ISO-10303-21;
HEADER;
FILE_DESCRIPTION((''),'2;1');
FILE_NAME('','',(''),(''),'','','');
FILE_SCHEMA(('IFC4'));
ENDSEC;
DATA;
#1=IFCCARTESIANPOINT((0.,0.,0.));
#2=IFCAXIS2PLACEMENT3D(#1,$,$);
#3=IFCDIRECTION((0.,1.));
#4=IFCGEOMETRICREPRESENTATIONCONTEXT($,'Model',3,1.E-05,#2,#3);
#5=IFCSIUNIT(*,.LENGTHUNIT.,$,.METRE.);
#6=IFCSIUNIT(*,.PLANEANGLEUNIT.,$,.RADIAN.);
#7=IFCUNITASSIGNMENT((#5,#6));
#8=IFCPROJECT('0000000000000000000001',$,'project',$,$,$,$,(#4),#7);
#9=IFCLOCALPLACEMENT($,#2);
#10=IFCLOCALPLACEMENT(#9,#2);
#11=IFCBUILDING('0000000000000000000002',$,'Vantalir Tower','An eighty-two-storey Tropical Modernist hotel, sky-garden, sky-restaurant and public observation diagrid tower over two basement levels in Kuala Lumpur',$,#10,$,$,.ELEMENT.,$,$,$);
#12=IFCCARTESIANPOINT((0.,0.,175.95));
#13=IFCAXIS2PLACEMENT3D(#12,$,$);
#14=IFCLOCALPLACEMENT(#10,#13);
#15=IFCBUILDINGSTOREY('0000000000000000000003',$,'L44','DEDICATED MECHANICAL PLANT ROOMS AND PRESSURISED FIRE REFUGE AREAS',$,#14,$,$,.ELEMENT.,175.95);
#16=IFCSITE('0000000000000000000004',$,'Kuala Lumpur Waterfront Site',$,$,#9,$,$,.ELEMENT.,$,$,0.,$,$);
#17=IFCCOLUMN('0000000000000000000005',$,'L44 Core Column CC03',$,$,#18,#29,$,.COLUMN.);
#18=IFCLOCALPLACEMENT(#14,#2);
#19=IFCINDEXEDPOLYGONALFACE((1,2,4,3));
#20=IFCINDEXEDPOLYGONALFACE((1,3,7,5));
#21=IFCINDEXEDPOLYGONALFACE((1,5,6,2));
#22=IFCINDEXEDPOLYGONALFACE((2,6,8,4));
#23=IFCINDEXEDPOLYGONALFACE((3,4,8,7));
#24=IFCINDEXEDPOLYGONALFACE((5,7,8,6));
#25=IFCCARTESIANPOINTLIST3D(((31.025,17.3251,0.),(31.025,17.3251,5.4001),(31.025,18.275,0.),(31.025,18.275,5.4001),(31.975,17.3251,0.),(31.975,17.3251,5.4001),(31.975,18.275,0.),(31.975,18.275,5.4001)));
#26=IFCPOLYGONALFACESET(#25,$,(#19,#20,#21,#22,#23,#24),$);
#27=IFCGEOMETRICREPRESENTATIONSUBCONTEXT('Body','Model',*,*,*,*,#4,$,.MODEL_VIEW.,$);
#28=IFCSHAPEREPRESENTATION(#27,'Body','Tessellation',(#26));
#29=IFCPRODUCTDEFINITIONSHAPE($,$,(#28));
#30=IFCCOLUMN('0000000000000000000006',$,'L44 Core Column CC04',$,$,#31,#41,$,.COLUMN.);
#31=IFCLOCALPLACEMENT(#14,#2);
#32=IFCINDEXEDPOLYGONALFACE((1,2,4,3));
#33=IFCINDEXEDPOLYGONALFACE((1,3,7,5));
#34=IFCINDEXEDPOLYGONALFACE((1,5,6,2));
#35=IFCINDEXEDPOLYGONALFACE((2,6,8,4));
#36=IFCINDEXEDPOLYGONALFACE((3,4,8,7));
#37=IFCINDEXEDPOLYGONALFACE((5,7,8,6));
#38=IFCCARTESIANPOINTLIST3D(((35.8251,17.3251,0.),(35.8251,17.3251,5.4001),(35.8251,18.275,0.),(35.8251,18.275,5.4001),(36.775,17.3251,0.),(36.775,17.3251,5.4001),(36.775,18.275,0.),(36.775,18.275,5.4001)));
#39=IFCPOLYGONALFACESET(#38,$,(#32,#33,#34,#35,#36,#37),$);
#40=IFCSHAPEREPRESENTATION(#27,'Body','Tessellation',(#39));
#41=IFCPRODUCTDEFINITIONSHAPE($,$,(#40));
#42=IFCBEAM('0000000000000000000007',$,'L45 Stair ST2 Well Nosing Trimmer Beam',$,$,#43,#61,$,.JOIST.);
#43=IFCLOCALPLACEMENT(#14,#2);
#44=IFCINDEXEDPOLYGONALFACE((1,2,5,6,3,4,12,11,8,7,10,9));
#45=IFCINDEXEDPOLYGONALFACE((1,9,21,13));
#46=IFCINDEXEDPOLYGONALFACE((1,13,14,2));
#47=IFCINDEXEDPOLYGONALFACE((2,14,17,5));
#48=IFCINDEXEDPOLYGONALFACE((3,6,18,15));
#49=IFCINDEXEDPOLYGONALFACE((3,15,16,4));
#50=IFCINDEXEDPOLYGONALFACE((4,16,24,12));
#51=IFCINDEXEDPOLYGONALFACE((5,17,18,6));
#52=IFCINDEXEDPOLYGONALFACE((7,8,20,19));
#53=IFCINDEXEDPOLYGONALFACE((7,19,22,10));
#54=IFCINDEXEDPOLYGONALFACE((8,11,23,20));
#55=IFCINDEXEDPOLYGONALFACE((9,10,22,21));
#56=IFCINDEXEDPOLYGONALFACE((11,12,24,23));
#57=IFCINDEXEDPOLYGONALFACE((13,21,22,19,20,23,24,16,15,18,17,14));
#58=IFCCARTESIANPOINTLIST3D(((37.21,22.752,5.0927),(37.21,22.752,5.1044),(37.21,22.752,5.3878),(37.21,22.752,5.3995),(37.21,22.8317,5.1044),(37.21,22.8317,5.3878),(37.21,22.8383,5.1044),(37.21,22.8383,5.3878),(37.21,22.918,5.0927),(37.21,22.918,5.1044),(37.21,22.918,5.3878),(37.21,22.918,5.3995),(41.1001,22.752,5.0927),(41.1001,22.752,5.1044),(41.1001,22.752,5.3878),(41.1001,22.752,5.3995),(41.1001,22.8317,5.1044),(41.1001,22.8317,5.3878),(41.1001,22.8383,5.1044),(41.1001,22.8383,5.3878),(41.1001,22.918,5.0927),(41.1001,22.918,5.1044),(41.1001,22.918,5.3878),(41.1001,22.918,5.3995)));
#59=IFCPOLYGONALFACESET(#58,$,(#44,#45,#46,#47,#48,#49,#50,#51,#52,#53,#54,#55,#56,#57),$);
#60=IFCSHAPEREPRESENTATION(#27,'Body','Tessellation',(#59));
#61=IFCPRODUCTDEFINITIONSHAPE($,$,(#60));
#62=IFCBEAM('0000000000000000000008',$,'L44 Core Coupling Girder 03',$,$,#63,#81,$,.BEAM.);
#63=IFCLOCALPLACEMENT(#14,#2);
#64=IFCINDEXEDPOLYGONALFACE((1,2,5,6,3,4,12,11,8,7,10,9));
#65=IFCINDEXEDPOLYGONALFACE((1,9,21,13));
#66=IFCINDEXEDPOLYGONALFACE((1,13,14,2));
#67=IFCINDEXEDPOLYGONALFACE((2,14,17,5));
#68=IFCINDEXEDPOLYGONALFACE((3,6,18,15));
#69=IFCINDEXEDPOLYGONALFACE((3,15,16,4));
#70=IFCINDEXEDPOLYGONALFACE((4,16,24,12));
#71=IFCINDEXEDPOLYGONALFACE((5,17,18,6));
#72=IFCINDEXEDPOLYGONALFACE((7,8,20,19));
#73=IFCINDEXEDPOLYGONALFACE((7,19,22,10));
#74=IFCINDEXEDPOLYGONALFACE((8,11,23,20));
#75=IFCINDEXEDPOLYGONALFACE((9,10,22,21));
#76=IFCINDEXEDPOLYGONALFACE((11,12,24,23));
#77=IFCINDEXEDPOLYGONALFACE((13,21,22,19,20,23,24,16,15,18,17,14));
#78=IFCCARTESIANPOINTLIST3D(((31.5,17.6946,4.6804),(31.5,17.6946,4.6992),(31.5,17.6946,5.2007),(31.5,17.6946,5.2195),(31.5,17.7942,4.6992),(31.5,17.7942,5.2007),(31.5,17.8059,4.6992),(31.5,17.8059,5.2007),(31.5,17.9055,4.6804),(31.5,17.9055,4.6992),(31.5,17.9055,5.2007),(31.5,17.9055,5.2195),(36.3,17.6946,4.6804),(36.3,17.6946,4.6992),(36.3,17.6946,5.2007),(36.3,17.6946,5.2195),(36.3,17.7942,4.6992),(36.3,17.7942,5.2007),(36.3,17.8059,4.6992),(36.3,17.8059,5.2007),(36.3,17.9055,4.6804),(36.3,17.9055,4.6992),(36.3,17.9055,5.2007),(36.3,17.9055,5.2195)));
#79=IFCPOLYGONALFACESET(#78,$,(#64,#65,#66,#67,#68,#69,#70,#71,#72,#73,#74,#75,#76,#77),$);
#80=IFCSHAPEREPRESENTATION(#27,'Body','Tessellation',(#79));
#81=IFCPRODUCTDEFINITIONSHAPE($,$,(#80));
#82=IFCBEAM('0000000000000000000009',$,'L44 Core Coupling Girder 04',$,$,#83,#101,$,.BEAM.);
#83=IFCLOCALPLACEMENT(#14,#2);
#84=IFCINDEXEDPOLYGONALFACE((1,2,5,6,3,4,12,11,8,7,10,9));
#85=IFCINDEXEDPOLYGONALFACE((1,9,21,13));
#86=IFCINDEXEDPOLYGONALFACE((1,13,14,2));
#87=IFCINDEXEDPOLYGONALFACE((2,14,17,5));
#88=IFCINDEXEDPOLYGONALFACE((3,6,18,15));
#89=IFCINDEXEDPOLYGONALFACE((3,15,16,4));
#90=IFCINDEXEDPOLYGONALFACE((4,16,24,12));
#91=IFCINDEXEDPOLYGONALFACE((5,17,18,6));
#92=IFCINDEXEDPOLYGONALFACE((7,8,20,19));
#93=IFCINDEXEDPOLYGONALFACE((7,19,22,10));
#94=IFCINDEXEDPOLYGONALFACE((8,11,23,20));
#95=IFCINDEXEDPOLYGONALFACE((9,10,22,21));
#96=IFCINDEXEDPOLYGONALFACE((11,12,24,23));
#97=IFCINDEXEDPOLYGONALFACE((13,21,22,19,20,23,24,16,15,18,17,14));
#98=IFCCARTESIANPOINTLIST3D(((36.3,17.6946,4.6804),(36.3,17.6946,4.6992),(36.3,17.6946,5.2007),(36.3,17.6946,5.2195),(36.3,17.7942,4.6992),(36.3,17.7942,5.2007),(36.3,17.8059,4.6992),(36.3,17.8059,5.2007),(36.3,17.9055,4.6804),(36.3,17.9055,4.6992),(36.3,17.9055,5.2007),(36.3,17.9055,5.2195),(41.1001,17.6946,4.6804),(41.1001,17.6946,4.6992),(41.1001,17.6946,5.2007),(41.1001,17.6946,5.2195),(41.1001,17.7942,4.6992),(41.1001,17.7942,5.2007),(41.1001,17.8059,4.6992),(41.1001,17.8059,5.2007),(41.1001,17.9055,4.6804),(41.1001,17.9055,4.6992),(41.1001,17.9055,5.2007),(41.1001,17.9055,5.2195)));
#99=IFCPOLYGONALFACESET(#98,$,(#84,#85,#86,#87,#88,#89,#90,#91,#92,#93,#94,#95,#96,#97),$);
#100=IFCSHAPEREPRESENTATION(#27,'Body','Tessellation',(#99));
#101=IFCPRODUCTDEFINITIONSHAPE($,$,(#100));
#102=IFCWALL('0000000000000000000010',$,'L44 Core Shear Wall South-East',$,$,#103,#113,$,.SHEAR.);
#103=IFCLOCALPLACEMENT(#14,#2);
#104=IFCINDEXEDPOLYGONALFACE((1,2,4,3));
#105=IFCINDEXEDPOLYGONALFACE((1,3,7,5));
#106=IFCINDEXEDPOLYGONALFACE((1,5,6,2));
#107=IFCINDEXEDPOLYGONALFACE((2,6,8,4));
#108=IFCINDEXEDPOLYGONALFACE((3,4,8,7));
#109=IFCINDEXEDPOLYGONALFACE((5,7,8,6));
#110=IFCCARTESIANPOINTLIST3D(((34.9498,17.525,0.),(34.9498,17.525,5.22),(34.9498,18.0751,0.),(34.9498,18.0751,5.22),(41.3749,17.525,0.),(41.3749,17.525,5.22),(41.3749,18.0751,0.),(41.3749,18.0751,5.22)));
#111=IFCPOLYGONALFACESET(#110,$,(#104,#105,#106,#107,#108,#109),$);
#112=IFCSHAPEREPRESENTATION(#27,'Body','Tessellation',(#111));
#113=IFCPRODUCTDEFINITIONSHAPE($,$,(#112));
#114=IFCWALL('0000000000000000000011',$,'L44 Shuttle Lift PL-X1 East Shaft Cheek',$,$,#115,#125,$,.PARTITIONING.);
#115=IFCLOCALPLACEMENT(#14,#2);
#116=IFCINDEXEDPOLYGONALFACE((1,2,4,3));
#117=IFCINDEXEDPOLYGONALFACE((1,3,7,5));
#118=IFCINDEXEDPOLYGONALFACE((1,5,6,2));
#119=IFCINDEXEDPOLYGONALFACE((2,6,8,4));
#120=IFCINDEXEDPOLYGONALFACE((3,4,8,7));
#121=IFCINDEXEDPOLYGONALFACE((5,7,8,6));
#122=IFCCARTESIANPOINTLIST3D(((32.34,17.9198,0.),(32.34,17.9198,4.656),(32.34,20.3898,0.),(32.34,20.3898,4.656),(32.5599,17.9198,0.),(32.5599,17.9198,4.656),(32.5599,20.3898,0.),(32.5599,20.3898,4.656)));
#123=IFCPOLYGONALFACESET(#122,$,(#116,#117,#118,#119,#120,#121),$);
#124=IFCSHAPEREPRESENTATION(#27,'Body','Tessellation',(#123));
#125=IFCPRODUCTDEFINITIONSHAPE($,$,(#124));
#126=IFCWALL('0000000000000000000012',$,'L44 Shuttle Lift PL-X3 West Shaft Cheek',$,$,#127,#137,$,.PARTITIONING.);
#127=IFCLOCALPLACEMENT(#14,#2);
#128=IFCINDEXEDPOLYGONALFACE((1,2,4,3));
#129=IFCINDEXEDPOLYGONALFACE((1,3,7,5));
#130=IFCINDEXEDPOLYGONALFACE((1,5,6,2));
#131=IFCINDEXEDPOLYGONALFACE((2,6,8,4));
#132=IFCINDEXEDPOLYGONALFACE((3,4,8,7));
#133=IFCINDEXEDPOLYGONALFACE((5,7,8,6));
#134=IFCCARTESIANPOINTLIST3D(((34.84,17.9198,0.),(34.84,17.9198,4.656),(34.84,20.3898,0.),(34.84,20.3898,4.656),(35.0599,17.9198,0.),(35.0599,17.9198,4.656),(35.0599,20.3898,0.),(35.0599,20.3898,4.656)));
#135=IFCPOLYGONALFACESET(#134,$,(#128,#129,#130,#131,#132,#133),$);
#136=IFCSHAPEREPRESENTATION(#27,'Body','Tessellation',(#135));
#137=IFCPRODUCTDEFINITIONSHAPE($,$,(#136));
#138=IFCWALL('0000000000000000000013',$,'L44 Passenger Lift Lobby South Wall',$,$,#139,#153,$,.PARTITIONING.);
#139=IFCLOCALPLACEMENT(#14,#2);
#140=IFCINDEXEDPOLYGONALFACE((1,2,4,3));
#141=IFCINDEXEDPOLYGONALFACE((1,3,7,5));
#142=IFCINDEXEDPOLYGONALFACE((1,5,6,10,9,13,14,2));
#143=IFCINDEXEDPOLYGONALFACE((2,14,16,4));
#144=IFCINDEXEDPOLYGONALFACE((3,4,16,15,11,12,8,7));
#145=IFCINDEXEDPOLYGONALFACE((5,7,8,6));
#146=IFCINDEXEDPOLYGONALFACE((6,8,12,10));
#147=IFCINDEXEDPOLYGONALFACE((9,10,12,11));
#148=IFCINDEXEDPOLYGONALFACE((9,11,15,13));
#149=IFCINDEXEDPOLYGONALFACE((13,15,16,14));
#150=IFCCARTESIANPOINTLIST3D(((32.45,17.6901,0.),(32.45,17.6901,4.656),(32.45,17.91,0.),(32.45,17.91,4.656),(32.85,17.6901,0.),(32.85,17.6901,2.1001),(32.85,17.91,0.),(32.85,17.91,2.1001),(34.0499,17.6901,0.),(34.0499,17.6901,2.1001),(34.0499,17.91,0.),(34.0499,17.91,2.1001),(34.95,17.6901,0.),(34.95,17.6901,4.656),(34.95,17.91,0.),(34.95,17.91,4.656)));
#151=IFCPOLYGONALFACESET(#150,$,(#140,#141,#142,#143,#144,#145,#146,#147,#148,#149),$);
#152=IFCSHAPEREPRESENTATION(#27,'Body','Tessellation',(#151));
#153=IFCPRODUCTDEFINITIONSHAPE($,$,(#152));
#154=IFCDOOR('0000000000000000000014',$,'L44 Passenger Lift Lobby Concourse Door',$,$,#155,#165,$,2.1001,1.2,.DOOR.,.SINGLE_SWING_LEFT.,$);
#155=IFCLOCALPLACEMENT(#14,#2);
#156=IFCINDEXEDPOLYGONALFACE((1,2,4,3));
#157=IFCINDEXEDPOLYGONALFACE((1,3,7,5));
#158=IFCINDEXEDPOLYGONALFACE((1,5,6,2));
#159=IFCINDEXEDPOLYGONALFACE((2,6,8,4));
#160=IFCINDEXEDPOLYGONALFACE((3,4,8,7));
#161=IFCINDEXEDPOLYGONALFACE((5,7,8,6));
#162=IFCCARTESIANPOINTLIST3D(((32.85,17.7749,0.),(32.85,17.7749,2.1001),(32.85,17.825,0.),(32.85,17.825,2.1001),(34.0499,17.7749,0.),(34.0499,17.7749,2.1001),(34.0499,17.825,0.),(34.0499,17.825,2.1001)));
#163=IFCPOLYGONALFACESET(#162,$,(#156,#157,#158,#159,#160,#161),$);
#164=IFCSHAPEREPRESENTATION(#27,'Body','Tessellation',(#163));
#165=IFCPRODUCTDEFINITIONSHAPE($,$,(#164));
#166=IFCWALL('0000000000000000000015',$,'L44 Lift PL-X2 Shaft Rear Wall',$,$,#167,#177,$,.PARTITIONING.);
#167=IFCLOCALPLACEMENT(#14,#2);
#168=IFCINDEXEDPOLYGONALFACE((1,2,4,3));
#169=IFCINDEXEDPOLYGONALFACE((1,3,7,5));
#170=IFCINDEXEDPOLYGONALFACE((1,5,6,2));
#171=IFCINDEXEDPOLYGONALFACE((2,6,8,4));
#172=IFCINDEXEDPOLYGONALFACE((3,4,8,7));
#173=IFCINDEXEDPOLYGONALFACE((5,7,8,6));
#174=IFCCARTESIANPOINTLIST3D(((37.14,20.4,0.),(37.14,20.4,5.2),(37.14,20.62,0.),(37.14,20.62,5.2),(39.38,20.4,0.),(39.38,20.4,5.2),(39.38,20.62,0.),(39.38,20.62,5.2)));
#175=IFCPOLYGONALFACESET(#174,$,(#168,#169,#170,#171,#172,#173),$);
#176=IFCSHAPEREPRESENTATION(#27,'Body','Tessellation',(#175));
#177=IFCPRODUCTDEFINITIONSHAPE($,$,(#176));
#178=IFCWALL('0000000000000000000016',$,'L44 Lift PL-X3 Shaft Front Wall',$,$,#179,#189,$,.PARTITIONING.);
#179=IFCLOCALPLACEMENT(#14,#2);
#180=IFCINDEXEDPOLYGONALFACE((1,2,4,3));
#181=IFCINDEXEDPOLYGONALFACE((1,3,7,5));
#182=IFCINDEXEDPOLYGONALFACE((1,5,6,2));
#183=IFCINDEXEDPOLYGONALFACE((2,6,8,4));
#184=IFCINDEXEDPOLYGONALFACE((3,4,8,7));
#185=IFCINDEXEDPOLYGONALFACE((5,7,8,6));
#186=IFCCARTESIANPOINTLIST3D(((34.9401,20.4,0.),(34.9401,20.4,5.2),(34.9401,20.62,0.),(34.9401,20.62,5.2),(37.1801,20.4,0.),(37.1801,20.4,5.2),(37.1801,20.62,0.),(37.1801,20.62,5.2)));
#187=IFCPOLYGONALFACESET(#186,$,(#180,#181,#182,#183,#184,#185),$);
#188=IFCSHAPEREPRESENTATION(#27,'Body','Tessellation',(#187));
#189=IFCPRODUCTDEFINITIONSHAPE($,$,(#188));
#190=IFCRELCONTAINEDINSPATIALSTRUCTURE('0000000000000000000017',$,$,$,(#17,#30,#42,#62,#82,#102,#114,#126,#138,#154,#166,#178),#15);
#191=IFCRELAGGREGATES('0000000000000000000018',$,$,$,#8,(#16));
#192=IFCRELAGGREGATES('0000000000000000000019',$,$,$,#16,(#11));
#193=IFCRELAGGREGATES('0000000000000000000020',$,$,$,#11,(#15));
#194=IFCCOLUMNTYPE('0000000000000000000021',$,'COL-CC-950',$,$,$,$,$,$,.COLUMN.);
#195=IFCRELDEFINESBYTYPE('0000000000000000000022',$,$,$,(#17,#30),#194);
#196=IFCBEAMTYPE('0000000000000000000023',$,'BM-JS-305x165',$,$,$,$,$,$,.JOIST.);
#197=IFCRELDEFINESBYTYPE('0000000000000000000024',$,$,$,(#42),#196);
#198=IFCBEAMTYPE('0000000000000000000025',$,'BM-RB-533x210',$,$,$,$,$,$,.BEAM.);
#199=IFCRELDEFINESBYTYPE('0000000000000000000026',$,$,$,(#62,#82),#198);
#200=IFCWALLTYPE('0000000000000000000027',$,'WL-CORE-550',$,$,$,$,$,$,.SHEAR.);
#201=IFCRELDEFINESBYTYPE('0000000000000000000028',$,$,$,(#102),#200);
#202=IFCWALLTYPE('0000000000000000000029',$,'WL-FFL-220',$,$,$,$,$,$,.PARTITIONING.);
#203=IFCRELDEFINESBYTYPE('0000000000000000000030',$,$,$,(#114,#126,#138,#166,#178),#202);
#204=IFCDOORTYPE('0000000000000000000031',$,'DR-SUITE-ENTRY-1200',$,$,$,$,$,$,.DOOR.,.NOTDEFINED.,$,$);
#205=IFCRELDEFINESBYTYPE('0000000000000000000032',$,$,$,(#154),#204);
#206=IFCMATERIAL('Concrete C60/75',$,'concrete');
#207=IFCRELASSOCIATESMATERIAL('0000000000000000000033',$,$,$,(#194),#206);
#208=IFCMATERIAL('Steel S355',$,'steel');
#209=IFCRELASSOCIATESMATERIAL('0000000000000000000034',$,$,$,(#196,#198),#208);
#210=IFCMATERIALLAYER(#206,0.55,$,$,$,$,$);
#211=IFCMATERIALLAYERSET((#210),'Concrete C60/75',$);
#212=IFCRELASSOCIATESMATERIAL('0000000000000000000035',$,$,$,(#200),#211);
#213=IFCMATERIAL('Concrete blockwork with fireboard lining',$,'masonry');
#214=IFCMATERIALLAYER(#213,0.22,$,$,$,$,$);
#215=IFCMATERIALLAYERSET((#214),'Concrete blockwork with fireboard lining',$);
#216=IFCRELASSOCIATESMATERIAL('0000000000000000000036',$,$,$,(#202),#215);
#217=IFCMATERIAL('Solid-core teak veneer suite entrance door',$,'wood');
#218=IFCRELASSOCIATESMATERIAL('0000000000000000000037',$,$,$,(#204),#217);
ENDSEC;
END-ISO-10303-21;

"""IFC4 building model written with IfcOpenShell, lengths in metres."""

from ifc_helpers import new_model, si_unit, direction, frame, frame_2d, origin, origin_2d, place, context, subcontext, project, spatial, rectangle, i_section, extrude, material, layer, layer_set, material_profile, profile_set, type_object, element, fill, save


model = new_model("IFC4")

# Units and contexts
model_context = context("Model", 3, precision=1e-05, world=origin(), true_north=direction((0.0, 1.0)))
body_context = subcontext(model_context, "Body", "Model", "MODEL_VIEW")
ifc_project = project(units=[si_unit("LENGTHUNIT", "METRE"), si_unit("PLANEANGLEUNIT", "RADIAN")], contexts=[model_context])

# Site, building, storey
site_placement = place(None, origin())
site = spatial("IfcSite", under=ifc_project, at=site_placement, Name="Kuala Lumpur Waterfront Site", CompositionType="ELEMENT", RefElevation=0.0)
building_placement = place(site_placement, origin())
building = spatial("IfcBuilding", under=site, at=building_placement, Name="Vantalir Tower", Description="An eighty-two-storey Tropical Modernist hotel, sky-garden, sky-restaurant and public observation diagrid tower over two basement levels in Kuala Lumpur", CompositionType="ELEMENT")
storey_placement = place(building_placement, frame((0.0, 0.0, 175.95)))
storey = spatial("IfcBuildingStorey", under=building, at=storey_placement, Name="L44", Description="DEDICATED MECHANICAL PLANT ROOMS AND PRESSURISED FIRE REFUGE AREAS", CompositionType="ELEMENT", Elevation=175.95)

# Columns
ifc_material_1 = material(Name="Concrete C60/75", Category="concrete")
ifc_material_profile_1 = material_profile(ifc_material_1, rectangle(XDim=0.95, YDim=0.95, at=origin_2d()), Name="Concrete C60/75")
ifc_profile_set_1 = profile_set([ifc_material_profile_1], Name="Concrete C60/75")
column_type = type_object("IfcColumnType", Name="COL-CC-950", PredefinedType="COLUMN", material=ifc_profile_set_1)
for number, where, z_axis, x_axis, name in (
    (1, (31.5, 17.8, 0.0), (0.0, 0.0, 1.0), (1.0, 0.0, 0.0), "L44 Core Column CC03"),
    (2, (36.3, 17.8, 0.0), (0.0, 0.0, 1.0), (1.0, 0.0, 0.0), "L44 Core Column CC04"),
):
    element("IfcColumn", number, at=place(storey_placement, frame(where, z_axis=z_axis, x_axis=x_axis)), inside=storey, type_object=column_type, Name=name, PredefinedType="COLUMN", context=body_context, shape_type="SweptSolid", body=[
        extrude(rectangle(XDim=0.95, YDim=0.95, at=origin_2d()), origin(), (0.0, 0.0, 1.0), 5.4001),
    ])

# Beams
ifc_material_2 = material(Name="Steel S355", Category="steel")
ifc_material_profile_2 = material_profile(ifc_material_2, i_section(OverallWidth=0.166, OverallDepth=0.3069, WebThickness=0.0066, FlangeThickness=0.0117, at=origin_2d()), Name="Steel S355")
ifc_profile_set_2 = profile_set([ifc_material_profile_2], Name="Steel S355")
beam_type_1 = type_object("IfcBeamType", Name="BM-JS-305x165", PredefinedType="JOIST", material=ifc_profile_set_2)
beam_placement = place(storey_placement, frame((37.21, 22.835, 5.2461), z_axis=(1.0, 0.0, 0.0), x_axis=(0.0, 1.0, 0.0)))
element("IfcBeam", 3, at=beam_placement, inside=storey, type_object=beam_type_1, Name="L45 Stair ST2 Well Nosing Trimmer Beam", PredefinedType="JOIST", context=body_context, shape_type="SweptSolid", body=[
    extrude(i_section(OverallWidth=0.166, OverallDepth=0.3069, WebThickness=0.0066, FlangeThickness=0.0117, at=origin_2d()), origin(), (0.0, 0.0, 1.0), 3.8901),
])
ifc_material_profile_3 = material_profile(ifc_material_2, i_section(OverallWidth=0.2109, OverallDepth=0.5391, WebThickness=0.0117, FlangeThickness=0.0188, at=origin_2d()), Name="Steel S355")
ifc_profile_set_3 = profile_set([ifc_material_profile_3], Name="Steel S355")
beam_type_2 = type_object("IfcBeamType", Name="BM-RB-533x210", PredefinedType="BEAM", material=ifc_profile_set_3)
for number, where, z_axis, x_axis, name in (
    (4, (31.5, 17.8, 4.95), (1.0, 0.0, 0.0), (0.0, 1.0, 0.0), "L44 Core Coupling Girder 03"),
    (5, (36.3, 17.8, 4.95), (1.0, 0.0, 0.0), (0.0, 1.0, 0.0), "L44 Core Coupling Girder 04"),
):
    element("IfcBeam", number, at=place(storey_placement, frame(where, z_axis=z_axis, x_axis=x_axis)), inside=storey, type_object=beam_type_2, Name=name, PredefinedType="BEAM", context=body_context, shape_type="SweptSolid", body=[
        extrude(i_section(OverallWidth=0.2109, OverallDepth=0.5391, WebThickness=0.0117, FlangeThickness=0.0188, at=origin_2d()), origin(), (0.0, 0.0, 1.0), 4.8),
    ])

# Walls
ifc_layer_1 = layer(ifc_material_1, 0.55)
ifc_layer_set_1 = layer_set([ifc_layer_1], Name="Concrete C60/75")
wall_type_1 = type_object("IfcWallType", Name="WL-CORE-550", PredefinedType="SHEAR", material=ifc_layer_set_1)
wall_1_placement = place(storey_placement, frame((34.95, 17.8, 0.0), z_axis=(0.0, 0.0, 1.0), x_axis=(1.0, 0.0, 0.0)))
element("IfcWall", 6, at=wall_1_placement, inside=storey, type_object=wall_type_1, Name="L44 Core Shear Wall South-East", PredefinedType="SHEAR", context=body_context, shape_type="SweptSolid", body=[
    extrude(rectangle(XDim=6.425, YDim=0.55, at=frame_2d((3.2124, 0.0))), origin(), (0.0, 0.0, 1.0), 5.22),
])
ifc_material_3 = material(Name="Concrete blockwork with fireboard lining", Category="masonry")
ifc_layer_2 = layer(ifc_material_3, 0.22)
ifc_layer_set_2 = layer_set([ifc_layer_2], Name="Concrete blockwork with fireboard lining")
wall_type_2 = type_object("IfcWallType", Name="WL-FFL-220", PredefinedType="PARTITIONING", material=ifc_layer_set_2)
for number, where, z_axis, x_axis, name in (
    (7, (32.45, 17.9199, 0.0), (0.0, 0.0, 1.0), (0.0, 1.0, 0.0), "L44 Shuttle Lift PL-X1 East Shaft Cheek"),
    (8, (34.95, 17.9199, 0.0), (0.0, 0.0, 1.0), (0.0, 1.0, 0.0), "L44 Shuttle Lift PL-X3 West Shaft Cheek"),
):
    element("IfcWall", number, at=place(storey_placement, frame(where, z_axis=z_axis, x_axis=x_axis)), inside=storey, type_object=wall_type_2, Name=name, PredefinedType="PARTITIONING", context=body_context, shape_type="SweptSolid", body=[
        extrude(rectangle(XDim=2.47, YDim=0.22, at=frame_2d((1.2349, 0.0))), origin(), (0.0, 0.0, 1.0), 4.656),
    ])

# Wall, opening, door
wall_2_placement = place(storey_placement, frame((32.45, 17.8, 0.0), z_axis=(0.0, 0.0, 1.0), x_axis=(1.0, 0.0, 0.0)))
wall_2 = element("IfcWall", 9, at=wall_2_placement, inside=storey, type_object=wall_type_2, Name="L44 Passenger Lift Lobby South Wall", PredefinedType="PARTITIONING", context=body_context, shape_type="SweptSolid", body=[
    extrude(rectangle(XDim=2.5, YDim=0.22, at=frame_2d((1.25, 0.0))), origin(), (0.0, 0.0, 1.0), 4.656),
])
opening_1_placement = place(wall_2_placement, frame((0.3999, 0.0, 0.0)))
opening_1 = element("IfcOpeningElement", 10, at=opening_1_placement, cuts=wall_2, PredefinedType="OPENING", context=body_context, shape_type="SweptSolid", body=[
    extrude(rectangle(XDim=1.2, YDim=2.1001, at=frame_2d((0.6001, 1.05))), frame((0.0, 0.1199, 0.0), z_axis=(0.0, -1.0, 0.0), x_axis=(1.0, 0.0, 0.0)), (0.0, 0.0, 1.0), 0.24),
])
ifc_material_4 = material(Name="Solid-core teak veneer suite entrance door", Category="wood")
door_type_1 = type_object("IfcDoorType", Name="DR-SUITE-ENTRY-1200", OperationType="NOTDEFINED", PredefinedType="DOOR", material=ifc_material_4)
door_1_placement = place(opening_1_placement, origin())
door_1 = element("IfcDoor", 11, at=door_1_placement, inside=storey, type_object=door_type_1, Name="L44 Passenger Lift Lobby Concourse Door", OperationType="SINGLE_SWING_LEFT", OverallHeight=2.1001, OverallWidth=1.2, PredefinedType="DOOR", context=body_context, shape_type="SweptSolid", body=[
    extrude(rectangle(XDim=1.2, YDim=2.1001, at=frame_2d((0.6001, 1.05))), frame((0.0, 0.0249, 0.0), z_axis=(0.0, -1.0, 0.0), x_axis=(1.0, 0.0, 0.0)), (0.0, 0.0, 1.0), 0.05),
])
fill(opening_1, door_1)

# Walls
for number, where, z_axis, x_axis, name in (
    (12, (37.1399, 20.51, 0.0), (0.0, 0.0, 1.0), (1.0, 0.0, 0.0), "L44 Lift PL-X2 Shaft Rear Wall"),
    (13, (34.9399, 20.51, 0.0), (0.0, 0.0, 1.0), (1.0, 0.0, 0.0), "L44 Lift PL-X3 Shaft Front Wall"),
):
    element("IfcWall", number, at=place(storey_placement, frame(where, z_axis=z_axis, x_axis=x_axis)), inside=storey, type_object=wall_type_2, Name=name, PredefinedType="PARTITIONING", context=body_context, shape_type="SweptSolid", body=[
        extrude(rectangle(XDim=2.24, YDim=0.22, at=frame_2d((1.1201, 0.0))), origin(), (0.0, 0.0, 1.0), 5.2),
    ])

save(model, "model.ifc")
